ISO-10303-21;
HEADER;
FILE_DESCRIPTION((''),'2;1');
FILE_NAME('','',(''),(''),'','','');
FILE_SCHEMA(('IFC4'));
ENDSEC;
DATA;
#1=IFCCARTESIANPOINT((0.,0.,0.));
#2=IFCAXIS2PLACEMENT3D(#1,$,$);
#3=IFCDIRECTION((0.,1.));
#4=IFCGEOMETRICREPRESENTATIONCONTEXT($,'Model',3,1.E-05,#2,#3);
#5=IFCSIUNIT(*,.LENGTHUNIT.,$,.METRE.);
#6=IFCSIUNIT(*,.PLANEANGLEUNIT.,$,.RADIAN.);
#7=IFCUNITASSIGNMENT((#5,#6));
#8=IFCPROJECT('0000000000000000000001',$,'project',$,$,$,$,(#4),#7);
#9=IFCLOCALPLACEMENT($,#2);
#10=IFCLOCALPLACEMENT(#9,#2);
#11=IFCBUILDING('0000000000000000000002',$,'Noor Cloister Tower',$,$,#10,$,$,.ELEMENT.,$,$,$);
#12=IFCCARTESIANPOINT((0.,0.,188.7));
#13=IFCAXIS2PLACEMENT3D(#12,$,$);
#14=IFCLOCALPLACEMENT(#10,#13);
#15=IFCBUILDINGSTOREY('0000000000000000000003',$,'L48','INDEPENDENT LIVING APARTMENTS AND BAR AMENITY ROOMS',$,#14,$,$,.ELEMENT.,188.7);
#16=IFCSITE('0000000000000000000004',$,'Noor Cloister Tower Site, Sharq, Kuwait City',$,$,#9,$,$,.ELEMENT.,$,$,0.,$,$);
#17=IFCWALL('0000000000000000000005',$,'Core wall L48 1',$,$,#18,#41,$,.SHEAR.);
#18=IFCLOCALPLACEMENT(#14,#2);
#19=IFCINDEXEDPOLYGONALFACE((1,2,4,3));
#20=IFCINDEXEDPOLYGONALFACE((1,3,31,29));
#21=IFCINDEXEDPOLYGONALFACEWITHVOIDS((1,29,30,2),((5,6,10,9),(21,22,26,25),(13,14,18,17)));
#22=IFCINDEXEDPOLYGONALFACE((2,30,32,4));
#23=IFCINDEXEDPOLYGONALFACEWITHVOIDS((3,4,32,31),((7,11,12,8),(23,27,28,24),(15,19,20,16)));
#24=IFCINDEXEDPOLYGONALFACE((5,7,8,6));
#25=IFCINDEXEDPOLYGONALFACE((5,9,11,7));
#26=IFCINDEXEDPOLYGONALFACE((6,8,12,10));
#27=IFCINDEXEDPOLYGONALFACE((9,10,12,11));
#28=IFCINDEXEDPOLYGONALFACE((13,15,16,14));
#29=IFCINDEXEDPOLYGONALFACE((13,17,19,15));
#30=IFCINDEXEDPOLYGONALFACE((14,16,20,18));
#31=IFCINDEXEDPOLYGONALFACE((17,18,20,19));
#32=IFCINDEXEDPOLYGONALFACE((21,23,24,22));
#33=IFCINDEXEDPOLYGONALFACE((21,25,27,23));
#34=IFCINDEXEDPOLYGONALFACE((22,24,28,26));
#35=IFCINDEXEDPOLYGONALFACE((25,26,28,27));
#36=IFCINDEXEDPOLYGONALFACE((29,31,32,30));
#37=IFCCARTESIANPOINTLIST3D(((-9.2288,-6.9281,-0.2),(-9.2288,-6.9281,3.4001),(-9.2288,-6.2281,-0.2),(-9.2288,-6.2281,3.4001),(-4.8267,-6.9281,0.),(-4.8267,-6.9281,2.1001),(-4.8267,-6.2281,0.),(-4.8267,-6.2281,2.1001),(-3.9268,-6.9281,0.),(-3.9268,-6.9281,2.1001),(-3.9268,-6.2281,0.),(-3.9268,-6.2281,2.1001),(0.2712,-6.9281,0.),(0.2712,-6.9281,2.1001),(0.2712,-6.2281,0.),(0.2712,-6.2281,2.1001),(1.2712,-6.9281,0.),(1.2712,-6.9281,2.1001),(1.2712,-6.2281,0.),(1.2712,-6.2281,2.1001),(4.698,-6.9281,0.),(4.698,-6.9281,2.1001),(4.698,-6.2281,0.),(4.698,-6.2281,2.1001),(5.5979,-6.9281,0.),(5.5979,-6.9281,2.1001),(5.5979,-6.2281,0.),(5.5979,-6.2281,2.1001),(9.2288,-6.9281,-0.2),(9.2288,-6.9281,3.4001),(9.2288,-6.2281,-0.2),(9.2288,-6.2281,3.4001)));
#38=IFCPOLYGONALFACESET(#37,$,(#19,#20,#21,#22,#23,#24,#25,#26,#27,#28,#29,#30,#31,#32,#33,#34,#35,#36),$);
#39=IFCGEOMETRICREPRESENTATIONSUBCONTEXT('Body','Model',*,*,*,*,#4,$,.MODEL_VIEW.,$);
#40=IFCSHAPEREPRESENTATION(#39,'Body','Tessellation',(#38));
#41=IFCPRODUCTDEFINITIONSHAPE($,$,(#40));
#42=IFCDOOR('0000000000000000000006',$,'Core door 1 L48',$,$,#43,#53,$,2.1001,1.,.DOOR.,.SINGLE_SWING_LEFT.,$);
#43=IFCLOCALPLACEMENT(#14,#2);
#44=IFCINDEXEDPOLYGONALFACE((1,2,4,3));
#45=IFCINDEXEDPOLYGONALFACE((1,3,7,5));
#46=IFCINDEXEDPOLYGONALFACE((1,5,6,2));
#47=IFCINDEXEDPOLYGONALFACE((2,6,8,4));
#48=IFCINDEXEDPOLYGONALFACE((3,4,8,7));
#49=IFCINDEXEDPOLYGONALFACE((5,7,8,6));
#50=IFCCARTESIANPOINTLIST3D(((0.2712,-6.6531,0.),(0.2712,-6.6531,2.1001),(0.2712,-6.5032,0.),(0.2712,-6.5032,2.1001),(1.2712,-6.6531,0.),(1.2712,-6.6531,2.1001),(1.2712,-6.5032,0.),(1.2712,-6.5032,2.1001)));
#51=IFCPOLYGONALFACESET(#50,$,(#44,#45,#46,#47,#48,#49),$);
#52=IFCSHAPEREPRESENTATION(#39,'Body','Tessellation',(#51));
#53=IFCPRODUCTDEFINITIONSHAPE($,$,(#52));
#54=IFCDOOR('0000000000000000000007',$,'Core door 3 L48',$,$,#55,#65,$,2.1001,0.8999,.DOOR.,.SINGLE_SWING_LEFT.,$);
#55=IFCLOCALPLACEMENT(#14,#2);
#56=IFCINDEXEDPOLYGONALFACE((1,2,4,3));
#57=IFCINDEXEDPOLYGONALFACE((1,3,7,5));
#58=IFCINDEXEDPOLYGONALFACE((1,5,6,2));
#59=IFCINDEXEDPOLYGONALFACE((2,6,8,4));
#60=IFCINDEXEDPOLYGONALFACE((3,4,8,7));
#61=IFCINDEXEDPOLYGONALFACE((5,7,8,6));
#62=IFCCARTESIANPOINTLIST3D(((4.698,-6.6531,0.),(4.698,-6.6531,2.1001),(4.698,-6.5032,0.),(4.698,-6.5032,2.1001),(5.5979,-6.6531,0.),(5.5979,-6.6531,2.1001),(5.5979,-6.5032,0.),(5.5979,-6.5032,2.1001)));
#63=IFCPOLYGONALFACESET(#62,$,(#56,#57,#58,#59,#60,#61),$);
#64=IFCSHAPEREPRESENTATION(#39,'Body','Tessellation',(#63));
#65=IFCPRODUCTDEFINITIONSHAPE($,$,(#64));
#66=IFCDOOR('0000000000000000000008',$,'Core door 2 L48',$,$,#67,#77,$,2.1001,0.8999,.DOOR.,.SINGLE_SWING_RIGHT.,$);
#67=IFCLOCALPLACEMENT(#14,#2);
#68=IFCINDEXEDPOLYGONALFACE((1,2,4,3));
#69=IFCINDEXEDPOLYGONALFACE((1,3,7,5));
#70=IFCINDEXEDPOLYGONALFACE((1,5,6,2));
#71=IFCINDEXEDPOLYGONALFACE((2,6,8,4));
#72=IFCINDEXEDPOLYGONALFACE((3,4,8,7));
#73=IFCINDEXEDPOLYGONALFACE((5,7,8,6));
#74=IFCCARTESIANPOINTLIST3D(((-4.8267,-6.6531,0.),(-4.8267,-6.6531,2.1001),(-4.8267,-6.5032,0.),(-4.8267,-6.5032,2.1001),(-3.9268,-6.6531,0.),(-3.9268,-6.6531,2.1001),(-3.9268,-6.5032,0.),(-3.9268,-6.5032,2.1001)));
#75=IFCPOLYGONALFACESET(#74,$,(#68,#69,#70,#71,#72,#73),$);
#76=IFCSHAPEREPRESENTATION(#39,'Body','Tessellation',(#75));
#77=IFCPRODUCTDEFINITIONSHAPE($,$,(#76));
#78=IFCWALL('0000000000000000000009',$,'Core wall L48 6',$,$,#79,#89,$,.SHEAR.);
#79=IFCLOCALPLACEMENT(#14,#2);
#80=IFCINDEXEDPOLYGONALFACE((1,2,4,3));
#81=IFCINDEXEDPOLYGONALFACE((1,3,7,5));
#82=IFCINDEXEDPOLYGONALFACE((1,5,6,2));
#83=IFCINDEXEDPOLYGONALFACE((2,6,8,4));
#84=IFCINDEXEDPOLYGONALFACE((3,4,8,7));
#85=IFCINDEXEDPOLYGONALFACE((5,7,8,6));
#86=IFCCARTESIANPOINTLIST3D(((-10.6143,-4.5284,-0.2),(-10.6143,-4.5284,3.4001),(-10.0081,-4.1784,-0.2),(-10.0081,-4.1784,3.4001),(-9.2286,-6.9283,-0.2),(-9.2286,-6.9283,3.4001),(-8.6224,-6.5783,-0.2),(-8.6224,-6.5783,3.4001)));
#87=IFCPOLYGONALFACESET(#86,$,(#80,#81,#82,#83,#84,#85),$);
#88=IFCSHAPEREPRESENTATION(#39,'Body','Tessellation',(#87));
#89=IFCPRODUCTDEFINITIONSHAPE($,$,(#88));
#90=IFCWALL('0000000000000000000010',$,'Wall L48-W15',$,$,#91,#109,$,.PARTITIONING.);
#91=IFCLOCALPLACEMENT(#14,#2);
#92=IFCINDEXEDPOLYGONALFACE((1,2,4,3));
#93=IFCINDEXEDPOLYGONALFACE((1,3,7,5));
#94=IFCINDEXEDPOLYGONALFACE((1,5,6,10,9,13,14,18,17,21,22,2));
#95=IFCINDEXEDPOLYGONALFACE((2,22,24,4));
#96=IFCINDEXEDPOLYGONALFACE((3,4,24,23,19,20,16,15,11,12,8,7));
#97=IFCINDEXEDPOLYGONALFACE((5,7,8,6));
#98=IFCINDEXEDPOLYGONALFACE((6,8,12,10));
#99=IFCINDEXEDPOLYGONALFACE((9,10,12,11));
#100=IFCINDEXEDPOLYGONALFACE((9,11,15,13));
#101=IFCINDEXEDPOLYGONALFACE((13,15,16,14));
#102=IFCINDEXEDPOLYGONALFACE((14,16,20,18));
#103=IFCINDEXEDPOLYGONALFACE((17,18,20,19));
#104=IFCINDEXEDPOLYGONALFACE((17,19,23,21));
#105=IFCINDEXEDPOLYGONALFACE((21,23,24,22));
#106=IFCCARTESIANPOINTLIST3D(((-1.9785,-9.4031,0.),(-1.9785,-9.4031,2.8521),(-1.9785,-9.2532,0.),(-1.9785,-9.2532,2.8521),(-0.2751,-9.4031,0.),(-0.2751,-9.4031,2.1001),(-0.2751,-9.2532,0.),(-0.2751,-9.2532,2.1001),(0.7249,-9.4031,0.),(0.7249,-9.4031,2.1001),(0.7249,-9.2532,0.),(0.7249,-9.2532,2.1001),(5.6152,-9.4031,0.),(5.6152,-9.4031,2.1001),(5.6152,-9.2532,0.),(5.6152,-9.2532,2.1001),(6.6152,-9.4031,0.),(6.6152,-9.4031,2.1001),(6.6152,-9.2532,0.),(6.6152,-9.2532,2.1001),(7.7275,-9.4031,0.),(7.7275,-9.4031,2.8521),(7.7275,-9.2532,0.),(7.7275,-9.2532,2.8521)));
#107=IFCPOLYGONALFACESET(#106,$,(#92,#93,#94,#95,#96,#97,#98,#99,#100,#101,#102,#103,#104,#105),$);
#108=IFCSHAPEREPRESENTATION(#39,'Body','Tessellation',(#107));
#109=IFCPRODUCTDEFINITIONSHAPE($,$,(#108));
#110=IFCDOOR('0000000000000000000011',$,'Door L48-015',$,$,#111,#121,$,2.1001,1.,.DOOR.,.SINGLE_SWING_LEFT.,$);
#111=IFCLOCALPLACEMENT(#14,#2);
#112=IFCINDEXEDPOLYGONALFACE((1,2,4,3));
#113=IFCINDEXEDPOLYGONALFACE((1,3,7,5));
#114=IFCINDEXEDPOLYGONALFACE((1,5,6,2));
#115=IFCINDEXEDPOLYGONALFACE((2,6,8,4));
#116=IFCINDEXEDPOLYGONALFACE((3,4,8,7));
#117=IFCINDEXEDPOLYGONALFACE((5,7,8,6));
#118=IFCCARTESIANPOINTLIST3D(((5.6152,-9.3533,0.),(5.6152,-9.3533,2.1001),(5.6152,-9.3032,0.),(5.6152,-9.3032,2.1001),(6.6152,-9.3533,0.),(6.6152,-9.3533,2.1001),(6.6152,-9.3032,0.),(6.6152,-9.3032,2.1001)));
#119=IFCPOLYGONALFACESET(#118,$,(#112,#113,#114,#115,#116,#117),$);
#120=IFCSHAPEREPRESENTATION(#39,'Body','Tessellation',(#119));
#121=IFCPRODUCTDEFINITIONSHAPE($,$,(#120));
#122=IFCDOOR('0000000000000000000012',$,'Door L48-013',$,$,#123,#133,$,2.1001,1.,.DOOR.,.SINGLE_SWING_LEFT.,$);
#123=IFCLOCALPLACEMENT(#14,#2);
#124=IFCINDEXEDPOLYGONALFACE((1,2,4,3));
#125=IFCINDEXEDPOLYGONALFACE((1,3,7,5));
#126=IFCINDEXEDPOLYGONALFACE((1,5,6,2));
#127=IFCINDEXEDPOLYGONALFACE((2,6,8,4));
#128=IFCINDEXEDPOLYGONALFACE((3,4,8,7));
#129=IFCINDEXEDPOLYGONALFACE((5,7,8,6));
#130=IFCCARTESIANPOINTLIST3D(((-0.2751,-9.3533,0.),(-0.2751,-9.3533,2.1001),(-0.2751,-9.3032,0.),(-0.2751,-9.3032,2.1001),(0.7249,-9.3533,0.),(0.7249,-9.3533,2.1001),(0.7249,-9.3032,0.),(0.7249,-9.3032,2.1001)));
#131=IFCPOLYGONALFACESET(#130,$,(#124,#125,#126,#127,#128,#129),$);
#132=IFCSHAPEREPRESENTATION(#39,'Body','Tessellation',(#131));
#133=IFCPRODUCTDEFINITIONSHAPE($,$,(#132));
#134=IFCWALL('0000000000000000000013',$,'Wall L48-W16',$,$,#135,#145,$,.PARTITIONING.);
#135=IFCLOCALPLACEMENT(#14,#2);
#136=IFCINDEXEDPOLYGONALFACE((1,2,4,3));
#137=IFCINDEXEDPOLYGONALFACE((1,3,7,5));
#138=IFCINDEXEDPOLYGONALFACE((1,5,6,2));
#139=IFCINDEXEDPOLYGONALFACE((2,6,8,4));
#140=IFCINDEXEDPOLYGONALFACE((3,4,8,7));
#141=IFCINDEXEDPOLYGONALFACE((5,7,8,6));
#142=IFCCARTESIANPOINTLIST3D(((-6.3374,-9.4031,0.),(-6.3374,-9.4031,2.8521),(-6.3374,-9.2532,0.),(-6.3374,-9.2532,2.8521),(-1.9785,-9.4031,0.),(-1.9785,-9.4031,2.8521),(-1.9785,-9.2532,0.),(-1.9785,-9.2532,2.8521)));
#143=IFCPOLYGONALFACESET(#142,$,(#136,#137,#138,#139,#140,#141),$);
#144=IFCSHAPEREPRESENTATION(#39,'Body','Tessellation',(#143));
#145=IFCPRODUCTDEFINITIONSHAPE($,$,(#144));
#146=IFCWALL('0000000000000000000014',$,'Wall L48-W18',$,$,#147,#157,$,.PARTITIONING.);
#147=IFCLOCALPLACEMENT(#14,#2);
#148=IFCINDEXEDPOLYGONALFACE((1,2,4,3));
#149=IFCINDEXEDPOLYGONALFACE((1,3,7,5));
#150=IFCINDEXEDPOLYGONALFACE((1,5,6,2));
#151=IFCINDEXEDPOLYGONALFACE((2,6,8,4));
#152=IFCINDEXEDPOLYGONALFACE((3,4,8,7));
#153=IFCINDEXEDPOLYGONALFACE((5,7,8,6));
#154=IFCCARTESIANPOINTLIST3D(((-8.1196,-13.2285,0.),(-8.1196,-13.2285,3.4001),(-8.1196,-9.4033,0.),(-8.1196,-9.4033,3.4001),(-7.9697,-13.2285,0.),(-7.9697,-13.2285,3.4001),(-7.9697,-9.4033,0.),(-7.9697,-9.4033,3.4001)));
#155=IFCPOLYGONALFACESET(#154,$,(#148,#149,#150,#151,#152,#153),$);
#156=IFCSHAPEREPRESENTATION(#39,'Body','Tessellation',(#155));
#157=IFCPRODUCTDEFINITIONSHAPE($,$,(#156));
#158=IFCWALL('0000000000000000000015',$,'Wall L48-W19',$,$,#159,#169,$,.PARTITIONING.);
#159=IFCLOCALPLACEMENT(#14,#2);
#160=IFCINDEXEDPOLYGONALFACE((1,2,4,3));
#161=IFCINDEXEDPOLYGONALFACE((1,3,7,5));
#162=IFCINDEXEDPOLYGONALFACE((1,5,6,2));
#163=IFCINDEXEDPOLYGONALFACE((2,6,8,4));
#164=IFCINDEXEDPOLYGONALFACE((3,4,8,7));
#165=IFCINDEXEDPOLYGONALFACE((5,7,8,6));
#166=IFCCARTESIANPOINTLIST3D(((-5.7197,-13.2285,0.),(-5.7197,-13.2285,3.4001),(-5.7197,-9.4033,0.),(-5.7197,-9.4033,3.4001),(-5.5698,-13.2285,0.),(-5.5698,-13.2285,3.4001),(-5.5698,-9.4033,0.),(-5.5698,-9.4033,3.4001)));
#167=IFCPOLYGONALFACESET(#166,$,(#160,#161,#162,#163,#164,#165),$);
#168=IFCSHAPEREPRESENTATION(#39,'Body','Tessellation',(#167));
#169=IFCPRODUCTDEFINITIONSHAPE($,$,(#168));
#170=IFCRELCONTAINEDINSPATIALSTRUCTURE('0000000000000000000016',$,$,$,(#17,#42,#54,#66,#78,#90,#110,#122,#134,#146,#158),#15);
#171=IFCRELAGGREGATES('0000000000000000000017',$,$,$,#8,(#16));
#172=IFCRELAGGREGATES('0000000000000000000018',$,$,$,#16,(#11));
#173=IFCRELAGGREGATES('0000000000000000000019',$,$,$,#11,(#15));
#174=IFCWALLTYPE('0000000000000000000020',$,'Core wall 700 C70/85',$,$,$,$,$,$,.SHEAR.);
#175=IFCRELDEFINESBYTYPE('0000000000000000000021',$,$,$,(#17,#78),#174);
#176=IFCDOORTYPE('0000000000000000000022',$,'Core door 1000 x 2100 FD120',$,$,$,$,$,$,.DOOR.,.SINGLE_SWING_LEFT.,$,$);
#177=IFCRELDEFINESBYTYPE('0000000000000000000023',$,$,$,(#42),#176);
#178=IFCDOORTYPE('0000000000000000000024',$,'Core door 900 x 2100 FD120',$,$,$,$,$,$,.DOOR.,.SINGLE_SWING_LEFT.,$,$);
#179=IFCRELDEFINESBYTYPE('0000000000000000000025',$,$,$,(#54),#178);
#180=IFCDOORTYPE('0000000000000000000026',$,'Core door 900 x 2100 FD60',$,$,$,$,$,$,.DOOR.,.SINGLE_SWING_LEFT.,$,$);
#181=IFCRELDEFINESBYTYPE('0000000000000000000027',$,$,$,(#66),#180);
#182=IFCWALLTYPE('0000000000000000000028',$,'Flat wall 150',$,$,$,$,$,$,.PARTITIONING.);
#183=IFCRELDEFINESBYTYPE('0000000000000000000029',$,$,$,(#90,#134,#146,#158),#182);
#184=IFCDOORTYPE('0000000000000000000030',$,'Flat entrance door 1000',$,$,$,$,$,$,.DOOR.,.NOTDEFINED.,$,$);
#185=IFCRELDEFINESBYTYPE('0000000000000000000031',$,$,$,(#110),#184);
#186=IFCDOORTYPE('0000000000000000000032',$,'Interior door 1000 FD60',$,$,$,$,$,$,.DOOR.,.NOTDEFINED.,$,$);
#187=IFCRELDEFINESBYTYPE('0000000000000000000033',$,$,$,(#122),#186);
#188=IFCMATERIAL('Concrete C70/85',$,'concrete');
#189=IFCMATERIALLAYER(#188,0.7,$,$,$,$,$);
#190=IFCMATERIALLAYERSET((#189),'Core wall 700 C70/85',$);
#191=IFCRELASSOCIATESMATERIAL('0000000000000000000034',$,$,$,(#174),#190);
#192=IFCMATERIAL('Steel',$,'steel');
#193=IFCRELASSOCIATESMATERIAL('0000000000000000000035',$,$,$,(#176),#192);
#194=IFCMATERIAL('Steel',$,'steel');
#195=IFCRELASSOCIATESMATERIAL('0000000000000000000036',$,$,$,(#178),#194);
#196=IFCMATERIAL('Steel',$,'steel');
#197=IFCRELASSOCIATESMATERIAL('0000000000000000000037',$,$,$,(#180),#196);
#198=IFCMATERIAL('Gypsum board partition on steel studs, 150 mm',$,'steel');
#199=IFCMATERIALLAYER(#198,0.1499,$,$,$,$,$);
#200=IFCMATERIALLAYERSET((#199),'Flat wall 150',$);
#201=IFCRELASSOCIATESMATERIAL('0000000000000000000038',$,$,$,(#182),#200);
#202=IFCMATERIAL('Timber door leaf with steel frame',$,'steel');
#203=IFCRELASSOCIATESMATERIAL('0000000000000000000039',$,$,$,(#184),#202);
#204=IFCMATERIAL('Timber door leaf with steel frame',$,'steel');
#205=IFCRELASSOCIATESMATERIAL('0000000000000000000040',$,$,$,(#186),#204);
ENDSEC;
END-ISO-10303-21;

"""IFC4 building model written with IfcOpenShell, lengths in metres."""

from ifc_helpers import new_model, si_unit, direction, frame, frame_2d, origin, place, context, subcontext, project, spatial, rectangle, extrude, material, layer, layer_set, type_object, element, fill, save


model = new_model("IFC4")

# Units and contexts
model_context = context("Model", 3, precision=1e-05, world=origin(), true_north=direction((0.0, 1.0)))
body_context = subcontext(model_context, "Body", "Model", "MODEL_VIEW")
ifc_project = project(units=[si_unit("LENGTHUNIT", "METRE"), si_unit("PLANEANGLEUNIT", "RADIAN")], contexts=[model_context])

# Site, building, storey
site_placement = place(None, origin())
site = spatial("IfcSite", under=ifc_project, at=site_placement, Name="Noor Cloister Tower Site, Sharq, Kuwait City", CompositionType="ELEMENT", RefElevation=0.0)
building_placement = place(site_placement, origin())
building = spatial("IfcBuilding", under=site, at=building_placement, Name="Noor Cloister Tower", CompositionType="ELEMENT")
storey_placement = place(building_placement, frame((0.0, 0.0, 188.7)))
storey = spatial("IfcBuildingStorey", under=building, at=storey_placement, Name="L48", Description="INDEPENDENT LIVING APARTMENTS AND BAR AMENITY ROOMS", CompositionType="ELEMENT", Elevation=188.7)

# Wall, openings, doors
ifc_material_1 = material(Name="Concrete C70/85", Category="concrete")
ifc_layer_1 = layer(ifc_material_1, 0.7)
ifc_layer_set_1 = layer_set([ifc_layer_1], Name="Core wall 700 C70/85")
wall_type_1 = type_object("IfcWallType", Name="Core wall 700 C70/85", PredefinedType="SHEAR", material=ifc_layer_set_1)
wall_1_placement = place(storey_placement, frame((-9.2288, -6.5781, -0.2), z_axis=(0.0, 0.0, 1.0), x_axis=(1.0, 0.0, 0.0)))
wall_1 = element("IfcWall", 1, at=wall_1_placement, inside=storey, type_object=wall_type_1, Name="Core wall L48 1", PredefinedType="SHEAR", context=body_context, shape_type="SweptSolid", body=[
    extrude(rectangle(XDim=18.4575, YDim=0.7, at=frame_2d((9.2288, 0.0))), origin(), (0.0, 0.0, 1.0), 3.6001),
])
opening_1_placement = place(wall_1_placement, frame((9.5, 0.0, 0.2)))
opening_1 = element("IfcOpeningElement", 2, at=opening_1_placement, cuts=wall_1, PredefinedType="OPENING", context=body_context, shape_type="SweptSolid", body=[
    extrude(rectangle(XDim=1.0, YDim=2.1001, at=frame_2d((0.5, 1.05))), frame((0.0, 0.3599, 0.0), z_axis=(0.0, -1.0, 0.0), x_axis=(1.0, 0.0, 0.0)), (0.0, 0.0, 1.0), 0.72),
])
opening_2_placement = place(wall_1_placement, frame((4.4021, 0.0, 0.2)))
opening_2 = element("IfcOpeningElement", 3, at=opening_2_placement, cuts=wall_1, PredefinedType="OPENING", context=body_context, shape_type="SweptSolid", body=[
    extrude(rectangle(XDim=0.8999, YDim=2.1001, at=frame_2d((0.45, 1.05))), frame((0.0, 0.3599, 0.0), z_axis=(0.0, -1.0, 0.0), x_axis=(1.0, 0.0, 0.0)), (0.0, 0.0, 1.0), 0.72),
])
opening_3_placement = place(wall_1_placement, frame((13.9268, 0.0, 0.2)))
opening_3 = element("IfcOpeningElement", 4, at=opening_3_placement, cuts=wall_1, PredefinedType="OPENING", context=body_context, shape_type="SweptSolid", body=[
    extrude(rectangle(XDim=0.8999, YDim=2.1001, at=frame_2d((0.45, 1.05))), frame((0.0, 0.3599, 0.0), z_axis=(0.0, -1.0, 0.0), x_axis=(1.0, 0.0, 0.0)), (0.0, 0.0, 1.0), 0.72),
])
ifc_material_2 = material(Name="Steel", Category="steel")
door_type_1 = type_object("IfcDoorType", Name="Core door 1000 x 2100 FD120", OperationType="SINGLE_SWING_LEFT", PredefinedType="DOOR", material=ifc_material_2)
door_1_placement = place(opening_1_placement, origin())
door_1 = element("IfcDoor", 5, at=door_1_placement, inside=storey, type_object=door_type_1, Name="Core door 1 L48", OperationType="SINGLE_SWING_LEFT", OverallHeight=2.1001, OverallWidth=1.0, PredefinedType="DOOR", context=body_context, shape_type="SweptSolid", body=[
    extrude(rectangle(XDim=1.0, YDim=2.1001, at=frame_2d((0.5, 1.05))), frame((0.0, 0.075, 0.0), z_axis=(0.0, -1.0, 0.0), x_axis=(1.0, 0.0, 0.0)), (0.0, 0.0, 1.0), 0.1499),
])
fill(opening_1, door_1)
ifc_material_3 = material(Name="Steel", Category="steel")
door_type_2 = type_object("IfcDoorType", Name="Core door 900 x 2100 FD120", OperationType="SINGLE_SWING_LEFT", PredefinedType="DOOR", material=ifc_material_3)
door_2_placement = place(opening_3_placement, origin())
door_2 = element("IfcDoor", 6, at=door_2_placement, inside=storey, type_object=door_type_2, Name="Core door 3 L48", OperationType="SINGLE_SWING_LEFT", OverallHeight=2.1001, OverallWidth=0.8999, PredefinedType="DOOR", context=body_context, shape_type="SweptSolid", body=[
    extrude(rectangle(XDim=0.8999, YDim=2.1001, at=frame_2d((0.45, 1.05))), frame((0.0, 0.075, 0.0), z_axis=(0.0, -1.0, 0.0), x_axis=(1.0, 0.0, 0.0)), (0.0, 0.0, 1.0), 0.1499),
])
fill(opening_3, door_2)
ifc_material_4 = material(Name="Steel", Category="steel")
door_type_3 = type_object("IfcDoorType", Name="Core door 900 x 2100 FD60", OperationType="SINGLE_SWING_LEFT", PredefinedType="DOOR", material=ifc_material_4)
door_3_placement = place(opening_2_placement, origin())
door_3 = element("IfcDoor", 7, at=door_3_placement, inside=storey, type_object=door_type_3, Name="Core door 2 L48", OperationType="SINGLE_SWING_RIGHT", OverallHeight=2.1001, OverallWidth=0.8999, PredefinedType="DOOR", context=body_context, shape_type="SweptSolid", body=[
    extrude(rectangle(XDim=0.8999, YDim=2.1001, at=frame_2d((0.45, 1.05))), frame((0.0, 0.075, 0.0), z_axis=(0.0, -1.0, 0.0), x_axis=(1.0, 0.0, 0.0)), (0.0, 0.0, 1.0), 0.1499),
])
fill(opening_2, door_3)

# Wall
wall_2_placement = place(storey_placement, frame((-10.3113, -4.3533, -0.2), z_axis=(0.0, 0.0, 1.0), x_axis=(0.500043, -0.866001, 0.0)))
element("IfcWall", 8, at=wall_2_placement, inside=storey, type_object=wall_type_1, Name="Core wall L48 6", PredefinedType="SHEAR", context=body_context, shape_type="SweptSolid", body=[
    extrude(rectangle(XDim=2.7712, YDim=0.7, at=frame_2d((1.3857, 0.0))), origin(), (0.0, 0.0, 1.0), 3.6001),
])

# Wall, openings, doors
ifc_material_5 = material(Name="Gypsum board partition on steel studs, 150 mm", Category="steel")
ifc_layer_2 = layer(ifc_material_5, 0.1499)
ifc_layer_set_2 = layer_set([ifc_layer_2], Name="Flat wall 150")
wall_type_2 = type_object("IfcWallType", Name="Flat wall 150", PredefinedType="PARTITIONING", material=ifc_layer_set_2)
wall_3_placement = place(storey_placement, frame((-1.9785, -9.3281, 0.0), z_axis=(0.0, 0.0, 1.0), x_axis=(1.0, 0.0, 0.0)))
wall_3 = element("IfcWall", 9, at=wall_3_placement, inside=storey, type_object=wall_type_2, Name="Wall L48-W15", PredefinedType="PARTITIONING", context=body_context, shape_type="SweptSolid", body=[
    extrude(rectangle(XDim=9.7061, YDim=0.1499, at=frame_2d((4.853, 0.0))), origin(), (0.0, 0.0, 1.0), 2.8521),
])
opening_4_placement = place(wall_3_placement, frame((1.7034, 0.0, 0.0)))
opening_4 = element("IfcOpeningElement", 10, at=opening_4_placement, cuts=wall_3, PredefinedType="OPENING", context=body_context, shape_type="SweptSolid", body=[
    extrude(rectangle(XDim=1.0, YDim=2.1001, at=frame_2d((0.5, 1.05))), frame((0.0, 0.085, 0.0), z_axis=(0.0, -1.0, 0.0), x_axis=(1.0, 0.0, 0.0)), (0.0, 0.0, 1.0), 0.1699),
])
opening_5_placement = place(wall_3_placement, frame((7.5938, 0.0, 0.0)))
opening_5 = element("IfcOpeningElement", 11, at=opening_5_placement, cuts=wall_3, PredefinedType="OPENING", context=body_context, shape_type="SweptSolid", body=[
    extrude(rectangle(XDim=1.0, YDim=2.1001, at=frame_2d((0.5, 1.05))), frame((0.0, 0.085, 0.0), z_axis=(0.0, -1.0, 0.0), x_axis=(1.0, 0.0, 0.0)), (0.0, 0.0, 1.0), 0.1699),
])
ifc_material_6 = material(Name="Timber door leaf with steel frame", Category="steel")
door_type_4 = type_object("IfcDoorType", Name="Flat entrance door 1000", OperationType="NOTDEFINED", PredefinedType="DOOR", material=ifc_material_6)
door_4_placement = place(opening_5_placement, origin())
door_4 = element("IfcDoor", 12, at=door_4_placement, inside=storey, type_object=door_type_4, Name="Door L48-015", OperationType="SINGLE_SWING_LEFT", OverallHeight=2.1001, OverallWidth=1.0, PredefinedType="DOOR", context=body_context, shape_type="SweptSolid", body=[
    extrude(rectangle(XDim=1.0, YDim=2.1001, at=frame_2d((0.5, 1.05))), frame((0.0, 0.0249, 0.0), z_axis=(0.0, -1.0, 0.0), x_axis=(1.0, 0.0, 0.0)), (0.0, 0.0, 1.0), 0.05),
])
fill(opening_5, door_4)
ifc_material_7 = material(Name="Timber door leaf with steel frame", Category="steel")
door_type_5 = type_object("IfcDoorType", Name="Interior door 1000 FD60", OperationType="NOTDEFINED", PredefinedType="DOOR", material=ifc_material_7)
door_5_placement = place(opening_4_placement, origin())
door_5 = element("IfcDoor", 13, at=door_5_placement, inside=storey, type_object=door_type_5, Name="Door L48-013", OperationType="SINGLE_SWING_LEFT", OverallHeight=2.1001, OverallWidth=1.0, PredefinedType="DOOR", context=body_context, shape_type="SweptSolid", body=[
    extrude(rectangle(XDim=1.0, YDim=2.1001, at=frame_2d((0.5, 1.05))), frame((0.0, 0.0249, 0.0), z_axis=(0.0, -1.0, 0.0), x_axis=(1.0, 0.0, 0.0)), (0.0, 0.0, 1.0), 0.05),
])
fill(opening_4, door_5)

# Walls
wall_4_placement = place(storey_placement, frame((-6.3374, -9.3281, 0.0), z_axis=(0.0, 0.0, 1.0), x_axis=(1.0, 0.0, 0.0)))
element("IfcWall", 14, at=wall_4_placement, inside=storey, type_object=wall_type_2, Name="Wall L48-W16", PredefinedType="PARTITIONING", context=body_context, shape_type="SweptSolid", body=[
    extrude(rectangle(XDim=4.3589, YDim=0.1499, at=frame_2d((2.1794, 0.0))), origin(), (0.0, 0.0, 1.0), 2.8521),
])
for number, where, z_axis, x_axis, name in (
    (15, (-8.0447, -9.4033, 0.0), (0.0, 0.0, 1.0), (0.0, -1.0, 0.0), "Wall L48-W18"),
    (16, (-5.6448, -9.4033, 0.0), (0.0, 0.0, 1.0), (0.0, -1.0, 0.0), "Wall L48-W19"),
):
    element("IfcWall", number, at=place(storey_placement, frame(where, z_axis=z_axis, x_axis=x_axis)), inside=storey, type_object=wall_type_2, Name=name, PredefinedType="PARTITIONING", context=body_context, shape_type="SweptSolid", body=[
        extrude(rectangle(XDim=3.8252, YDim=0.1499, at=frame_2d((1.9126, 0.0))), origin(), (0.0, 0.0, 1.0), 3.4001),
    ])

save(model, "model.ifc")
